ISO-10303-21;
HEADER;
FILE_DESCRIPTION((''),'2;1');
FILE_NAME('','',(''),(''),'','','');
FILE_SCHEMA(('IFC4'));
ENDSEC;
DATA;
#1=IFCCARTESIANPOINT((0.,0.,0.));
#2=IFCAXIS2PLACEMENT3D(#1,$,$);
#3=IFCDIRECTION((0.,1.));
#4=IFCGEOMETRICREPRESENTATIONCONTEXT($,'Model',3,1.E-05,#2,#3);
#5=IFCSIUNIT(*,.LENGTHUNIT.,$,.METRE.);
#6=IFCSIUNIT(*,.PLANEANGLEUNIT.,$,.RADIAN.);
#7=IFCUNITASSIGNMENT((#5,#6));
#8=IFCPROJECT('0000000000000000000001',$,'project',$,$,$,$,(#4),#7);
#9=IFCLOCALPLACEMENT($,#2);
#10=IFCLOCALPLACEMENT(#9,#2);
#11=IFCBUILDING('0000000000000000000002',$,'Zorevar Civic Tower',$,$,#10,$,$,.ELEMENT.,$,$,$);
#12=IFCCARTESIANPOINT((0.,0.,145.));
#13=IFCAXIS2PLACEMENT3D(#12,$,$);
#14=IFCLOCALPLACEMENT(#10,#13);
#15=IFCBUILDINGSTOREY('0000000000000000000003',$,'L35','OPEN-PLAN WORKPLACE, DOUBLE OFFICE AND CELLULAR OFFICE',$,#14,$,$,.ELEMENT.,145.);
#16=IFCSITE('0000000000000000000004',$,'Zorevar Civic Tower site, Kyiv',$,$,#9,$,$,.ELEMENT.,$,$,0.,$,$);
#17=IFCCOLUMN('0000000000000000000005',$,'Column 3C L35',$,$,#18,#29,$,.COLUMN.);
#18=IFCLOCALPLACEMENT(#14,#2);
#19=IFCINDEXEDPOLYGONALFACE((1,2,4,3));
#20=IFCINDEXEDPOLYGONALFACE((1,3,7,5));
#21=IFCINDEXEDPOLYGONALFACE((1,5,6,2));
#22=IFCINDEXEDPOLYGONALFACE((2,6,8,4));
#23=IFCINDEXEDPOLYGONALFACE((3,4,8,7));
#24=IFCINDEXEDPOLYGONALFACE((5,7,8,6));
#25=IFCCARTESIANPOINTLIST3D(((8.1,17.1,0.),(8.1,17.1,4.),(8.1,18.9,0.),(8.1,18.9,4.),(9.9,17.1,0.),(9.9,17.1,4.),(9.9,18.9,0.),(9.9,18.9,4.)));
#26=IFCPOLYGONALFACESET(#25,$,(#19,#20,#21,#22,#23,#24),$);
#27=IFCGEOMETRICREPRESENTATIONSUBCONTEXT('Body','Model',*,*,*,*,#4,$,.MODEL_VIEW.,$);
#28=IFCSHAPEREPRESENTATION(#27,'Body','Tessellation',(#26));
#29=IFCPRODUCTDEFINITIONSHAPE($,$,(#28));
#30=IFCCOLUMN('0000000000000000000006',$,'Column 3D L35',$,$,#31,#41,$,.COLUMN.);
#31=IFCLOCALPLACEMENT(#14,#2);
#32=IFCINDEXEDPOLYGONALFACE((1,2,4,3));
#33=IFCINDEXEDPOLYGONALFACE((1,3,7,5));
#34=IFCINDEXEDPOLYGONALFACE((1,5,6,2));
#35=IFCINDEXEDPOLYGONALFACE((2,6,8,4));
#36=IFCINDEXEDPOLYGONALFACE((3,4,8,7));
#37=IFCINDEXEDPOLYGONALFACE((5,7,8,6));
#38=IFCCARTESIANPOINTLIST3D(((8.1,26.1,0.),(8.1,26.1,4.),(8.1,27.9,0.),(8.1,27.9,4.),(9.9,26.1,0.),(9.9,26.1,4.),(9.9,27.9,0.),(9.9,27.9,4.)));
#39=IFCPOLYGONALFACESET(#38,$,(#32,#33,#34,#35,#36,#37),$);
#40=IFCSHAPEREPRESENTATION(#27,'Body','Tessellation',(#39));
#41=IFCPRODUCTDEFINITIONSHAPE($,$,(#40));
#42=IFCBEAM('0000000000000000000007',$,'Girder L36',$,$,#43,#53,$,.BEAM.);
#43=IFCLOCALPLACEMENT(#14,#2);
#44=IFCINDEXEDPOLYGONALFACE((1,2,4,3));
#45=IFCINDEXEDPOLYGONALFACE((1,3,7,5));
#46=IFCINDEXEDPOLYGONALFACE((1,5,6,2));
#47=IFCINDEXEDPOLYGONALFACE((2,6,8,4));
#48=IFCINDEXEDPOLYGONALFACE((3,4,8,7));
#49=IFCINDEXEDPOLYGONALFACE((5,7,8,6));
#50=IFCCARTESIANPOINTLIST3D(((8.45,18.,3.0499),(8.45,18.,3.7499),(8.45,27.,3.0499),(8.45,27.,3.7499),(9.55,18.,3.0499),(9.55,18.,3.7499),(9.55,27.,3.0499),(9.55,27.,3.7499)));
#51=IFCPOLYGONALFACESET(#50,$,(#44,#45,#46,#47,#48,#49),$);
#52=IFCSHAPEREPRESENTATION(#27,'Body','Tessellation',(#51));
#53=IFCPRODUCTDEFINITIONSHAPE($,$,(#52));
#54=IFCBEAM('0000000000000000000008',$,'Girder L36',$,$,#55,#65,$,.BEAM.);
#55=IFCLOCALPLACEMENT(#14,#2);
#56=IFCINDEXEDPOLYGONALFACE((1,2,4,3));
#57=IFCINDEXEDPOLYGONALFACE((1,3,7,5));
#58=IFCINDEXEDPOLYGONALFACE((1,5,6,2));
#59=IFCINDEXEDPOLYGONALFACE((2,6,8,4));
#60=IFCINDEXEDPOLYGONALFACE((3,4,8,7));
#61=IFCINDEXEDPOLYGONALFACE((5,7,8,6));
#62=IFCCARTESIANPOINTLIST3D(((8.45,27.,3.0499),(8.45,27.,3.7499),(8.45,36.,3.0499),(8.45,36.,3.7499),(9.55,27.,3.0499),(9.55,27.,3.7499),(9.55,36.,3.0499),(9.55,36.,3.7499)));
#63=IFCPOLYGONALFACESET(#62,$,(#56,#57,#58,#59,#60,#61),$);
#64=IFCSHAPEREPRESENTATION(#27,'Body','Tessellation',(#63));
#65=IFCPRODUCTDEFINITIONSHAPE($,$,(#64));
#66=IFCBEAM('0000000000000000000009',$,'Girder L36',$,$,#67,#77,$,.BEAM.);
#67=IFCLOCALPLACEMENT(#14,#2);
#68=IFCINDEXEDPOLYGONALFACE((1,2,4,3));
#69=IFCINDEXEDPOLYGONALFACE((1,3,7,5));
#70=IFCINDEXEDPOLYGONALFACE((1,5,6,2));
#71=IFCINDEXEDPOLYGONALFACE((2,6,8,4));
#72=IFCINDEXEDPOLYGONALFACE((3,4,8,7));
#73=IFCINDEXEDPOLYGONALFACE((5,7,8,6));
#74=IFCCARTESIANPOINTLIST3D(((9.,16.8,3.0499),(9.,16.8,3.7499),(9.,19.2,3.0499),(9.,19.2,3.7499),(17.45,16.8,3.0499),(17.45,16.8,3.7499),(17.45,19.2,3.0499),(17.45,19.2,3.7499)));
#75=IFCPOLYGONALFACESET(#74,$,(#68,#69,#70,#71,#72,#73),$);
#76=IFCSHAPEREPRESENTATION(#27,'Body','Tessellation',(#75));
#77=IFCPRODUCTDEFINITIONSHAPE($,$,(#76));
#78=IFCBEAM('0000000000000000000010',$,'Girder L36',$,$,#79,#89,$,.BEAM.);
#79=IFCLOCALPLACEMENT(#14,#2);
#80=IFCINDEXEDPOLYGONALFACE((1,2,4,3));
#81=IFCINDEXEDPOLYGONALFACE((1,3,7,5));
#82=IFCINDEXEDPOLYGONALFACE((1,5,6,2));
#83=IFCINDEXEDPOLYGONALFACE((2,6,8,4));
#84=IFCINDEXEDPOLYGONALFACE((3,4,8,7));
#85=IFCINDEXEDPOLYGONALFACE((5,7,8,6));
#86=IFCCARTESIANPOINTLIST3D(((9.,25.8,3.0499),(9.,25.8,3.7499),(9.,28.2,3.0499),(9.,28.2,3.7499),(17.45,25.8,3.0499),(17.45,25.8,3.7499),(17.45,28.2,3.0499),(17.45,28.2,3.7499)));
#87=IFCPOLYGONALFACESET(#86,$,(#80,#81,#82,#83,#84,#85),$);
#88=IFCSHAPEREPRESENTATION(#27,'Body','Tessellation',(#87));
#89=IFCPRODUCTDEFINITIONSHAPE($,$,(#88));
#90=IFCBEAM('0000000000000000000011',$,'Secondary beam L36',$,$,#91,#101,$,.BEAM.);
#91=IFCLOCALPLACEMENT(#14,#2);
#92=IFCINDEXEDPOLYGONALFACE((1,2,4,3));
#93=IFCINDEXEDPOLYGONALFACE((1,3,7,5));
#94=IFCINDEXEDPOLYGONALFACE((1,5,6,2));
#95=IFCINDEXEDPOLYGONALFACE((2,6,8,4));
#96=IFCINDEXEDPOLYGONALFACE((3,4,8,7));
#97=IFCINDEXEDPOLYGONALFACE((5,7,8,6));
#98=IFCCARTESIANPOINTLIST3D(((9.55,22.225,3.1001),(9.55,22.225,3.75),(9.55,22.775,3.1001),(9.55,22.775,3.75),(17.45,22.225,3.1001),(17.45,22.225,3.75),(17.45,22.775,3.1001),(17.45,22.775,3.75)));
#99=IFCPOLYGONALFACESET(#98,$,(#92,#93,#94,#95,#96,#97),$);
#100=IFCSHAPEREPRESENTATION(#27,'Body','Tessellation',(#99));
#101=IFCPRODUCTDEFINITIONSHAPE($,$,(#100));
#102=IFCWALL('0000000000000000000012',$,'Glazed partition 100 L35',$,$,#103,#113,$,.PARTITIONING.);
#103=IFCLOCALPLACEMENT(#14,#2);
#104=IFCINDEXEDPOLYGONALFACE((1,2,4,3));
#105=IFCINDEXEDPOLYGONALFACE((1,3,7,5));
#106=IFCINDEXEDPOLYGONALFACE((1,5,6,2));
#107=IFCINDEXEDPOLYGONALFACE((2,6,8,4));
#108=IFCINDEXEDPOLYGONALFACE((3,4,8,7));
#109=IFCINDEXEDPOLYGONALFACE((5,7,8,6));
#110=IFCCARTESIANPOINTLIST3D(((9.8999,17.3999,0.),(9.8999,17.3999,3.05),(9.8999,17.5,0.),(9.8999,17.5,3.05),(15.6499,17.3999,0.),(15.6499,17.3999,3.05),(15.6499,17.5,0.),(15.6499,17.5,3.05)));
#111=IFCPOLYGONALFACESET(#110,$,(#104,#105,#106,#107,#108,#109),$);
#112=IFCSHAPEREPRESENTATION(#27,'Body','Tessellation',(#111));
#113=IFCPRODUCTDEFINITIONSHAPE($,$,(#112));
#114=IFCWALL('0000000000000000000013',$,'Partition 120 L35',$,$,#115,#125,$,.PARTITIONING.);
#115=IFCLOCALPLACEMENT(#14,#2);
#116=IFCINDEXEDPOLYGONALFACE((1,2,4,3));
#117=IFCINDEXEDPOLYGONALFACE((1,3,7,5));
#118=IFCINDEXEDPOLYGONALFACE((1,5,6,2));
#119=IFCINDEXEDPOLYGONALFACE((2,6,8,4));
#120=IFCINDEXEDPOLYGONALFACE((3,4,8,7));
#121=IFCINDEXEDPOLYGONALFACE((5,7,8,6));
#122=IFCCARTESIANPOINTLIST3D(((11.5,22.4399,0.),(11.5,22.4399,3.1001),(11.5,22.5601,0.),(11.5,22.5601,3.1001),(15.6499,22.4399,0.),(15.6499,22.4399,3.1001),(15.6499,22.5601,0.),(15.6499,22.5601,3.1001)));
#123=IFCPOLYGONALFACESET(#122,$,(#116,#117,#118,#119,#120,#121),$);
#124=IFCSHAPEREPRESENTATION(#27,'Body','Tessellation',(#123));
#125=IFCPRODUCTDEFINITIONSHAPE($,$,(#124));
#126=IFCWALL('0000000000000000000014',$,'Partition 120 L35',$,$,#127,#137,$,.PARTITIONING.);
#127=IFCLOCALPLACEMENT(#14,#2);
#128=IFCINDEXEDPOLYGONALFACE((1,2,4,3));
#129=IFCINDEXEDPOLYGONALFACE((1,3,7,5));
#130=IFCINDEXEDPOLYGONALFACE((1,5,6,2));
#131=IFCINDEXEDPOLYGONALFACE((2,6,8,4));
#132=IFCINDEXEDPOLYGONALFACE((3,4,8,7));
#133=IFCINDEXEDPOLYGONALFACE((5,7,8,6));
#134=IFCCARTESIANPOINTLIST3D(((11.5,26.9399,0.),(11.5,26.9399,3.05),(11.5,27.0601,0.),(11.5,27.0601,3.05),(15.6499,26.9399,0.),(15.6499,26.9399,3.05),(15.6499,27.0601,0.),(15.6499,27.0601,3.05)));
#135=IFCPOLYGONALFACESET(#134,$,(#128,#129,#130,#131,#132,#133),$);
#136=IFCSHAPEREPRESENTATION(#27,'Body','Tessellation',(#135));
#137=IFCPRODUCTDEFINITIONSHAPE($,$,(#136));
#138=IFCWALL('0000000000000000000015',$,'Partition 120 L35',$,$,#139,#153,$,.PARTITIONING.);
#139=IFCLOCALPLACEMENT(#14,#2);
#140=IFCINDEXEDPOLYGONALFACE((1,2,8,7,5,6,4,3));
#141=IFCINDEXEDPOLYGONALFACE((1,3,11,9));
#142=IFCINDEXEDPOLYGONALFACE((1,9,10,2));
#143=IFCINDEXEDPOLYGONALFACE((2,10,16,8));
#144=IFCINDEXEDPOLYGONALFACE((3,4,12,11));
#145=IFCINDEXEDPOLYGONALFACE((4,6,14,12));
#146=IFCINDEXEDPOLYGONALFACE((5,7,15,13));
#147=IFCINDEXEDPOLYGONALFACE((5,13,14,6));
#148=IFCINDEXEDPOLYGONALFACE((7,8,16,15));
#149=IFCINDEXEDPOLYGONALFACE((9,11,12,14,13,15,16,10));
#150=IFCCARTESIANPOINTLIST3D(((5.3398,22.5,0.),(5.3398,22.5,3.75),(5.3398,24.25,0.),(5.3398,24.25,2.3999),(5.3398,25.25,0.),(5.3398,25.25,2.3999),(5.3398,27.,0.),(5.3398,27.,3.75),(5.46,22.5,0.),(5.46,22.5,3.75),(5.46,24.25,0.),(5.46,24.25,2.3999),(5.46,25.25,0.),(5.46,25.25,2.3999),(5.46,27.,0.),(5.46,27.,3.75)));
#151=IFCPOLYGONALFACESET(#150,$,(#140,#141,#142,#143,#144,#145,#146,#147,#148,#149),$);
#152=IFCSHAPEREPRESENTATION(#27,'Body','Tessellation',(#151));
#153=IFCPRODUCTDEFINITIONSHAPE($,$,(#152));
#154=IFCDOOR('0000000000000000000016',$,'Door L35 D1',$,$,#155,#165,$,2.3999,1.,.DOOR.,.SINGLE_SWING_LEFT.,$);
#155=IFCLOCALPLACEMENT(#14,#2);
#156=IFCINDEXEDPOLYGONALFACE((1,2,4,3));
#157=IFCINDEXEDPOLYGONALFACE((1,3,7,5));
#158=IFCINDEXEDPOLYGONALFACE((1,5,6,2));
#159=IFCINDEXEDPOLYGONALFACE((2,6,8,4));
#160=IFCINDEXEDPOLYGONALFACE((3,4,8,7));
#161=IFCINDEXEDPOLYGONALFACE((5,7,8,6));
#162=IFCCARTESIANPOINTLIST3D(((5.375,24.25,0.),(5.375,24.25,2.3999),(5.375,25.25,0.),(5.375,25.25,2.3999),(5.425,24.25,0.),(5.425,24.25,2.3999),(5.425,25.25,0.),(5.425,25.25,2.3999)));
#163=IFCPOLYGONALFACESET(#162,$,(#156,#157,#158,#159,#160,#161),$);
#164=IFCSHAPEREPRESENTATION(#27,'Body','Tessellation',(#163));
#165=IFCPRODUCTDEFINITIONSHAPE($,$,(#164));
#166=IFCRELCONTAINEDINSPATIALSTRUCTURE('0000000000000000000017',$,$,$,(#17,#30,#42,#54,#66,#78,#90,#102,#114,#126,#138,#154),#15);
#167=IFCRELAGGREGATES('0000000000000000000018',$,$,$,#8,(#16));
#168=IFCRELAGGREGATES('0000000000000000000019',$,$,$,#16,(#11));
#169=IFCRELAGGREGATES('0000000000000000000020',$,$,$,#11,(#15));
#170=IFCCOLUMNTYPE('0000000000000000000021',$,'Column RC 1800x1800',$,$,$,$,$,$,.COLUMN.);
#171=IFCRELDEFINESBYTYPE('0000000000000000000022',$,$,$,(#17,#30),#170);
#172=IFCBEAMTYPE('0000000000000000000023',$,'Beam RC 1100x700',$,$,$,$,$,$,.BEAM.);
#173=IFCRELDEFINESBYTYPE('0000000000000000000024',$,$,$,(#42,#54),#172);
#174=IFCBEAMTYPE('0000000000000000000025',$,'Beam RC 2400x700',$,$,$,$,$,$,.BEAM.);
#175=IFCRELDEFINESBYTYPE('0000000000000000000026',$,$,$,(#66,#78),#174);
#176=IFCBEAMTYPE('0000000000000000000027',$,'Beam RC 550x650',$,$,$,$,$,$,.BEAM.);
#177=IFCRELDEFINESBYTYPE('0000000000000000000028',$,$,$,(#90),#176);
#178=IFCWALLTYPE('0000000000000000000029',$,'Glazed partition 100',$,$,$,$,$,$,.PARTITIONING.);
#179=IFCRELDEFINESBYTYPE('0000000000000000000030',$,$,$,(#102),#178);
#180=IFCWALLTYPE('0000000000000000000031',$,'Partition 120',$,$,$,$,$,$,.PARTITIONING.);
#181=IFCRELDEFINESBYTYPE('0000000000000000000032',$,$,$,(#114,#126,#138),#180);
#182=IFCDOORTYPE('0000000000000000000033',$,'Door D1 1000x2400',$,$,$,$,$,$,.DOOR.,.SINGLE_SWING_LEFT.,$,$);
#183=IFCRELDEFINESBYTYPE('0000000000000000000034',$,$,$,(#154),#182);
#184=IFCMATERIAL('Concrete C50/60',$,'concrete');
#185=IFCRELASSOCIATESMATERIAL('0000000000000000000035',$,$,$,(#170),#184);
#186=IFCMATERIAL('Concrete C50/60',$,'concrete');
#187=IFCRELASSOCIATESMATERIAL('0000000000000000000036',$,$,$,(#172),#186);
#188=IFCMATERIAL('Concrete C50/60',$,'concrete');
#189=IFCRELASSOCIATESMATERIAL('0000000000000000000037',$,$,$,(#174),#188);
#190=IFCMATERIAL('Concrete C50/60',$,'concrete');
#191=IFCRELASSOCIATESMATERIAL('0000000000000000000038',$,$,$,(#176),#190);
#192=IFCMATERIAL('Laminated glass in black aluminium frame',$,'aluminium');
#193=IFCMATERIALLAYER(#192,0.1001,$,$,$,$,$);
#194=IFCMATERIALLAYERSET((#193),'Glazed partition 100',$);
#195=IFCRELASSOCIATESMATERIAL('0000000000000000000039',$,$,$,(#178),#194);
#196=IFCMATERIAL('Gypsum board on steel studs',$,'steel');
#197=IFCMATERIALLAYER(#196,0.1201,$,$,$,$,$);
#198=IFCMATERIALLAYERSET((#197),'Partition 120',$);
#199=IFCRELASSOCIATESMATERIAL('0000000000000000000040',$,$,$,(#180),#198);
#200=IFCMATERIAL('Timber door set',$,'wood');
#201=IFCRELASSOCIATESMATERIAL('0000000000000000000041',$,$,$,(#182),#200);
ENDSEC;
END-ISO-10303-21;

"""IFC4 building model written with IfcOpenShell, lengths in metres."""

from ifc_helpers import new_model, si_unit, direction, frame, frame_2d, origin, origin_2d, place, context, subcontext, project, spatial, rectangle, extrude, material, layer, layer_set, material_profile, profile_set, type_object, element, fill, save


model = new_model("IFC4")

# Units and contexts
model_context = context("Model", 3, precision=1e-05, world=origin(), true_north=direction((0.0, 1.0)))
body_context = subcontext(model_context, "Body", "Model", "MODEL_VIEW")
ifc_project = project(units=[si_unit("LENGTHUNIT", "METRE"), si_unit("PLANEANGLEUNIT", "RADIAN")], contexts=[model_context])

# Site, building, storey
site_placement = place(None, origin())
site = spatial("IfcSite", under=ifc_project, at=site_placement, Name="Zorevar Civic Tower site, Kyiv", CompositionType="ELEMENT", RefElevation=0.0)
building_placement = place(site_placement, origin())
building = spatial("IfcBuilding", under=site, at=building_placement, Name="Zorevar Civic Tower", CompositionType="ELEMENT")
storey_placement = place(building_placement, frame((0.0, 0.0, 145.0)))
storey = spatial("IfcBuildingStorey", under=building, at=storey_placement, Name="L35", Description="OPEN-PLAN WORKPLACE, DOUBLE OFFICE AND CELLULAR OFFICE", CompositionType="ELEMENT", Elevation=145.0)

# Columns
ifc_material_1 = material(Name="Concrete C50/60", Category="concrete")
ifc_material_profile_1 = material_profile(ifc_material_1, rectangle(XDim=1.8, YDim=1.8, at=origin_2d()), Name="RC 1800x1800")
ifc_profile_set_1 = profile_set([ifc_material_profile_1], Name="Concrete C50/60")
column_type = type_object("IfcColumnType", Name="Column RC 1800x1800", PredefinedType="COLUMN", material=ifc_profile_set_1)
for number, where, z_axis, x_axis, name in (
    (1, (9.0, 18.0, 0.0), (0.0, 0.0, 1.0), (1.0, 0.0, 0.0), "Column 3C L35"),
    (2, (9.0, 27.0, 0.0), (0.0, 0.0, 1.0), (1.0, 0.0, 0.0), "Column 3D L35"),
):
    element("IfcColumn", number, at=place(storey_placement, frame(where, z_axis=z_axis, x_axis=x_axis)), inside=storey, type_object=column_type, Name=name, PredefinedType="COLUMN", context=body_context, shape_type="SweptSolid", body=[
        extrude(rectangle(XDim=1.8, YDim=1.8, at=origin_2d()), origin(), (0.0, 0.0, 1.0), 4.0),
    ])

# Beams
ifc_material_2 = material(Name="Concrete C50/60", Category="concrete")
ifc_material_profile_2 = material_profile(ifc_material_2, rectangle(XDim=1.1001, YDim=0.7, at=origin_2d()), Name="RC 1100x700")
ifc_profile_set_2 = profile_set([ifc_material_profile_2], Name="Concrete C50/60")
beam_type_1 = type_object("IfcBeamType", Name="Beam RC 1100x700", PredefinedType="BEAM", material=ifc_profile_set_2)
for number, where, z_axis, x_axis, name in (
    (3, (9.0, 18.0, 3.3999), (0.0, 1.0, 0.0), (-1.0, 0.0, 0.0), "Girder L36"),
    (4, (9.0, 27.0, 3.3999), (0.0, 1.0, 0.0), (-1.0, 0.0, 0.0), "Girder L36"),
):
    element("IfcBeam", number, at=place(storey_placement, frame(where, z_axis=z_axis, x_axis=x_axis)), inside=storey, type_object=beam_type_1, Name=name, PredefinedType="BEAM", context=body_context, shape_type="SweptSolid", body=[
        extrude(rectangle(XDim=1.1001, YDim=0.7, at=origin_2d()), origin(), (0.0, 0.0, 1.0), 9.0),
    ])
ifc_material_3 = material(Name="Concrete C50/60", Category="concrete")
ifc_material_profile_3 = material_profile(ifc_material_3, rectangle(XDim=2.3999, YDim=0.7, at=origin_2d()), Name="RC 2400x700")
ifc_profile_set_3 = profile_set([ifc_material_profile_3], Name="Concrete C50/60")
beam_type_2 = type_object("IfcBeamType", Name="Beam RC 2400x700", PredefinedType="BEAM", material=ifc_profile_set_3)
for number, where, z_axis, x_axis, name in (
    (5, (9.0, 18.0, 3.3999), (1.0, 0.0, 0.0), (0.0, 1.0, 0.0), "Girder L36"),
    (6, (9.0, 27.0, 3.3999), (1.0, 0.0, 0.0), (0.0, 1.0, 0.0), "Girder L36"),
):
    element("IfcBeam", number, at=place(storey_placement, frame(where, z_axis=z_axis, x_axis=x_axis)), inside=storey, type_object=beam_type_2, Name=name, PredefinedType="BEAM", context=body_context, shape_type="SweptSolid", body=[
        extrude(rectangle(XDim=2.3999, YDim=0.7, at=origin_2d()), origin(), (0.0, 0.0, 1.0), 8.45),
    ])
ifc_material_4 = material(Name="Concrete C50/60", Category="concrete")
ifc_material_profile_4 = material_profile(ifc_material_4, rectangle(XDim=0.55, YDim=0.6499, at=origin_2d()), Name="RC 550x650")
ifc_profile_set_4 = profile_set([ifc_material_profile_4], Name="Concrete C50/60")
beam_type_3 = type_object("IfcBeamType", Name="Beam RC 550x650", PredefinedType="BEAM", material=ifc_profile_set_4)
beam_placement = place(storey_placement, frame((9.55, 22.5, 3.425), z_axis=(1.0, 0.0, 0.0), x_axis=(0.0, 1.0, 0.0)))
element("IfcBeam", 7, at=beam_placement, inside=storey, type_object=beam_type_3, Name="Secondary beam L36", PredefinedType="BEAM", context=body_context, shape_type="SweptSolid", body=[
    extrude(rectangle(XDim=0.55, YDim=0.6499, at=origin_2d()), origin(), (0.0, 0.0, 1.0), 7.8999),
])

# Walls
ifc_material_5 = material(Name="Laminated glass in black aluminium frame", Category="aluminium")
ifc_layer_1 = layer(ifc_material_5, 0.1001)
ifc_layer_set_1 = layer_set([ifc_layer_1], Name="Glazed partition 100")
wall_type_1 = type_object("IfcWallType", Name="Glazed partition 100", PredefinedType="PARTITIONING", material=ifc_layer_set_1)
wall_1_placement = place(storey_placement, frame((9.8999, 17.45, 0.0), z_axis=(0.0, 0.0, 1.0), x_axis=(1.0, 0.0, 0.0)))
element("IfcWall", 8, at=wall_1_placement, inside=storey, type_object=wall_type_1, Name="Glazed partition 100 L35", PredefinedType="PARTITIONING", context=body_context, shape_type="SweptSolid", body=[
    extrude(rectangle(XDim=5.75, YDim=0.1001, at=frame_2d((2.875, 0.0))), origin(), (0.0, 0.0, 1.0), 3.05),
])
ifc_material_6 = material(Name="Gypsum board on steel studs", Category="steel")
ifc_layer_2 = layer(ifc_material_6, 0.1201)
ifc_layer_set_2 = layer_set([ifc_layer_2], Name="Partition 120")
wall_type_2 = type_object("IfcWallType", Name="Partition 120", PredefinedType="PARTITIONING", material=ifc_layer_set_2)
wall_2_placement = place(storey_placement, frame((11.5, 22.5, 0.0), z_axis=(0.0, 0.0, 1.0), x_axis=(1.0, 0.0, 0.0)))
element("IfcWall", 9, at=wall_2_placement, inside=storey, type_object=wall_type_2, Name="Partition 120 L35", PredefinedType="PARTITIONING", context=body_context, shape_type="SweptSolid", body=[
    extrude(rectangle(XDim=4.1499, YDim=0.1201, at=frame_2d((2.075, 0.0))), origin(), (0.0, 0.0, 1.0), 3.1001),
])
wall_3_placement = place(storey_placement, frame((11.5, 27.0, 0.0), z_axis=(0.0, 0.0, 1.0), x_axis=(1.0, 0.0, 0.0)))
element("IfcWall", 10, at=wall_3_placement, inside=storey, type_object=wall_type_2, Name="Partition 120 L35", PredefinedType="PARTITIONING", context=body_context, shape_type="SweptSolid", body=[
    extrude(rectangle(XDim=4.1499, YDim=0.1201, at=frame_2d((2.075, 0.0))), origin(), (0.0, 0.0, 1.0), 3.05),
])

# Wall, opening, door
wall_4_placement = place(storey_placement, frame((5.3999, 22.5, 0.0), z_axis=(0.0, 0.0, 1.0), x_axis=(0.0, 1.0, 0.0)))
wall_4 = element("IfcWall", 11, at=wall_4_placement, inside=storey, type_object=wall_type_2, Name="Partition 120 L35", PredefinedType="PARTITIONING", context=body_context, shape_type="SweptSolid", body=[
    extrude(rectangle(XDim=4.5, YDim=0.1201, at=frame_2d((2.25, 0.0))), origin(), (0.0, 0.0, 1.0), 3.75),
])
opening_1_placement = place(wall_4_placement, frame((1.75, 0.0, 0.0)))
opening_1 = element("IfcOpeningElement", 12, at=opening_1_placement, cuts=wall_4, PredefinedType="OPENING", context=body_context, shape_type="SweptSolid", body=[
    extrude(rectangle(XDim=1.0, YDim=2.3999, at=frame_2d((0.5, 1.2))), frame((0.0, 0.0701, 0.0), z_axis=(0.0, -1.0, 0.0), x_axis=(1.0, 0.0, 0.0)), (0.0, 0.0, 1.0), 0.1401),
])
ifc_material_7 = material(Name="Timber door set", Category="wood")
door_type = type_object("IfcDoorType", Name="Door D1 1000x2400", OperationType="SINGLE_SWING_LEFT", PredefinedType="DOOR", material=ifc_material_7)
door_1_placement = place(opening_1_placement, origin())
door_1 = element("IfcDoor", 13, at=door_1_placement, inside=storey, type_object=door_type, Name="Door L35 D1", OperationType="SINGLE_SWING_LEFT", OverallHeight=2.3999, OverallWidth=1.0, PredefinedType="DOOR", context=body_context, shape_type="SweptSolid", body=[
    extrude(rectangle(XDim=1.0, YDim=2.3999, at=frame_2d((0.5, 1.2))), frame((0.0, 0.0249, 0.0), z_axis=(0.0, -1.0, 0.0), x_axis=(1.0, 0.0, 0.0)), (0.0, 0.0, 1.0), 0.05),
])
fill(opening_1, door_1)

save(model, "model.ifc")
